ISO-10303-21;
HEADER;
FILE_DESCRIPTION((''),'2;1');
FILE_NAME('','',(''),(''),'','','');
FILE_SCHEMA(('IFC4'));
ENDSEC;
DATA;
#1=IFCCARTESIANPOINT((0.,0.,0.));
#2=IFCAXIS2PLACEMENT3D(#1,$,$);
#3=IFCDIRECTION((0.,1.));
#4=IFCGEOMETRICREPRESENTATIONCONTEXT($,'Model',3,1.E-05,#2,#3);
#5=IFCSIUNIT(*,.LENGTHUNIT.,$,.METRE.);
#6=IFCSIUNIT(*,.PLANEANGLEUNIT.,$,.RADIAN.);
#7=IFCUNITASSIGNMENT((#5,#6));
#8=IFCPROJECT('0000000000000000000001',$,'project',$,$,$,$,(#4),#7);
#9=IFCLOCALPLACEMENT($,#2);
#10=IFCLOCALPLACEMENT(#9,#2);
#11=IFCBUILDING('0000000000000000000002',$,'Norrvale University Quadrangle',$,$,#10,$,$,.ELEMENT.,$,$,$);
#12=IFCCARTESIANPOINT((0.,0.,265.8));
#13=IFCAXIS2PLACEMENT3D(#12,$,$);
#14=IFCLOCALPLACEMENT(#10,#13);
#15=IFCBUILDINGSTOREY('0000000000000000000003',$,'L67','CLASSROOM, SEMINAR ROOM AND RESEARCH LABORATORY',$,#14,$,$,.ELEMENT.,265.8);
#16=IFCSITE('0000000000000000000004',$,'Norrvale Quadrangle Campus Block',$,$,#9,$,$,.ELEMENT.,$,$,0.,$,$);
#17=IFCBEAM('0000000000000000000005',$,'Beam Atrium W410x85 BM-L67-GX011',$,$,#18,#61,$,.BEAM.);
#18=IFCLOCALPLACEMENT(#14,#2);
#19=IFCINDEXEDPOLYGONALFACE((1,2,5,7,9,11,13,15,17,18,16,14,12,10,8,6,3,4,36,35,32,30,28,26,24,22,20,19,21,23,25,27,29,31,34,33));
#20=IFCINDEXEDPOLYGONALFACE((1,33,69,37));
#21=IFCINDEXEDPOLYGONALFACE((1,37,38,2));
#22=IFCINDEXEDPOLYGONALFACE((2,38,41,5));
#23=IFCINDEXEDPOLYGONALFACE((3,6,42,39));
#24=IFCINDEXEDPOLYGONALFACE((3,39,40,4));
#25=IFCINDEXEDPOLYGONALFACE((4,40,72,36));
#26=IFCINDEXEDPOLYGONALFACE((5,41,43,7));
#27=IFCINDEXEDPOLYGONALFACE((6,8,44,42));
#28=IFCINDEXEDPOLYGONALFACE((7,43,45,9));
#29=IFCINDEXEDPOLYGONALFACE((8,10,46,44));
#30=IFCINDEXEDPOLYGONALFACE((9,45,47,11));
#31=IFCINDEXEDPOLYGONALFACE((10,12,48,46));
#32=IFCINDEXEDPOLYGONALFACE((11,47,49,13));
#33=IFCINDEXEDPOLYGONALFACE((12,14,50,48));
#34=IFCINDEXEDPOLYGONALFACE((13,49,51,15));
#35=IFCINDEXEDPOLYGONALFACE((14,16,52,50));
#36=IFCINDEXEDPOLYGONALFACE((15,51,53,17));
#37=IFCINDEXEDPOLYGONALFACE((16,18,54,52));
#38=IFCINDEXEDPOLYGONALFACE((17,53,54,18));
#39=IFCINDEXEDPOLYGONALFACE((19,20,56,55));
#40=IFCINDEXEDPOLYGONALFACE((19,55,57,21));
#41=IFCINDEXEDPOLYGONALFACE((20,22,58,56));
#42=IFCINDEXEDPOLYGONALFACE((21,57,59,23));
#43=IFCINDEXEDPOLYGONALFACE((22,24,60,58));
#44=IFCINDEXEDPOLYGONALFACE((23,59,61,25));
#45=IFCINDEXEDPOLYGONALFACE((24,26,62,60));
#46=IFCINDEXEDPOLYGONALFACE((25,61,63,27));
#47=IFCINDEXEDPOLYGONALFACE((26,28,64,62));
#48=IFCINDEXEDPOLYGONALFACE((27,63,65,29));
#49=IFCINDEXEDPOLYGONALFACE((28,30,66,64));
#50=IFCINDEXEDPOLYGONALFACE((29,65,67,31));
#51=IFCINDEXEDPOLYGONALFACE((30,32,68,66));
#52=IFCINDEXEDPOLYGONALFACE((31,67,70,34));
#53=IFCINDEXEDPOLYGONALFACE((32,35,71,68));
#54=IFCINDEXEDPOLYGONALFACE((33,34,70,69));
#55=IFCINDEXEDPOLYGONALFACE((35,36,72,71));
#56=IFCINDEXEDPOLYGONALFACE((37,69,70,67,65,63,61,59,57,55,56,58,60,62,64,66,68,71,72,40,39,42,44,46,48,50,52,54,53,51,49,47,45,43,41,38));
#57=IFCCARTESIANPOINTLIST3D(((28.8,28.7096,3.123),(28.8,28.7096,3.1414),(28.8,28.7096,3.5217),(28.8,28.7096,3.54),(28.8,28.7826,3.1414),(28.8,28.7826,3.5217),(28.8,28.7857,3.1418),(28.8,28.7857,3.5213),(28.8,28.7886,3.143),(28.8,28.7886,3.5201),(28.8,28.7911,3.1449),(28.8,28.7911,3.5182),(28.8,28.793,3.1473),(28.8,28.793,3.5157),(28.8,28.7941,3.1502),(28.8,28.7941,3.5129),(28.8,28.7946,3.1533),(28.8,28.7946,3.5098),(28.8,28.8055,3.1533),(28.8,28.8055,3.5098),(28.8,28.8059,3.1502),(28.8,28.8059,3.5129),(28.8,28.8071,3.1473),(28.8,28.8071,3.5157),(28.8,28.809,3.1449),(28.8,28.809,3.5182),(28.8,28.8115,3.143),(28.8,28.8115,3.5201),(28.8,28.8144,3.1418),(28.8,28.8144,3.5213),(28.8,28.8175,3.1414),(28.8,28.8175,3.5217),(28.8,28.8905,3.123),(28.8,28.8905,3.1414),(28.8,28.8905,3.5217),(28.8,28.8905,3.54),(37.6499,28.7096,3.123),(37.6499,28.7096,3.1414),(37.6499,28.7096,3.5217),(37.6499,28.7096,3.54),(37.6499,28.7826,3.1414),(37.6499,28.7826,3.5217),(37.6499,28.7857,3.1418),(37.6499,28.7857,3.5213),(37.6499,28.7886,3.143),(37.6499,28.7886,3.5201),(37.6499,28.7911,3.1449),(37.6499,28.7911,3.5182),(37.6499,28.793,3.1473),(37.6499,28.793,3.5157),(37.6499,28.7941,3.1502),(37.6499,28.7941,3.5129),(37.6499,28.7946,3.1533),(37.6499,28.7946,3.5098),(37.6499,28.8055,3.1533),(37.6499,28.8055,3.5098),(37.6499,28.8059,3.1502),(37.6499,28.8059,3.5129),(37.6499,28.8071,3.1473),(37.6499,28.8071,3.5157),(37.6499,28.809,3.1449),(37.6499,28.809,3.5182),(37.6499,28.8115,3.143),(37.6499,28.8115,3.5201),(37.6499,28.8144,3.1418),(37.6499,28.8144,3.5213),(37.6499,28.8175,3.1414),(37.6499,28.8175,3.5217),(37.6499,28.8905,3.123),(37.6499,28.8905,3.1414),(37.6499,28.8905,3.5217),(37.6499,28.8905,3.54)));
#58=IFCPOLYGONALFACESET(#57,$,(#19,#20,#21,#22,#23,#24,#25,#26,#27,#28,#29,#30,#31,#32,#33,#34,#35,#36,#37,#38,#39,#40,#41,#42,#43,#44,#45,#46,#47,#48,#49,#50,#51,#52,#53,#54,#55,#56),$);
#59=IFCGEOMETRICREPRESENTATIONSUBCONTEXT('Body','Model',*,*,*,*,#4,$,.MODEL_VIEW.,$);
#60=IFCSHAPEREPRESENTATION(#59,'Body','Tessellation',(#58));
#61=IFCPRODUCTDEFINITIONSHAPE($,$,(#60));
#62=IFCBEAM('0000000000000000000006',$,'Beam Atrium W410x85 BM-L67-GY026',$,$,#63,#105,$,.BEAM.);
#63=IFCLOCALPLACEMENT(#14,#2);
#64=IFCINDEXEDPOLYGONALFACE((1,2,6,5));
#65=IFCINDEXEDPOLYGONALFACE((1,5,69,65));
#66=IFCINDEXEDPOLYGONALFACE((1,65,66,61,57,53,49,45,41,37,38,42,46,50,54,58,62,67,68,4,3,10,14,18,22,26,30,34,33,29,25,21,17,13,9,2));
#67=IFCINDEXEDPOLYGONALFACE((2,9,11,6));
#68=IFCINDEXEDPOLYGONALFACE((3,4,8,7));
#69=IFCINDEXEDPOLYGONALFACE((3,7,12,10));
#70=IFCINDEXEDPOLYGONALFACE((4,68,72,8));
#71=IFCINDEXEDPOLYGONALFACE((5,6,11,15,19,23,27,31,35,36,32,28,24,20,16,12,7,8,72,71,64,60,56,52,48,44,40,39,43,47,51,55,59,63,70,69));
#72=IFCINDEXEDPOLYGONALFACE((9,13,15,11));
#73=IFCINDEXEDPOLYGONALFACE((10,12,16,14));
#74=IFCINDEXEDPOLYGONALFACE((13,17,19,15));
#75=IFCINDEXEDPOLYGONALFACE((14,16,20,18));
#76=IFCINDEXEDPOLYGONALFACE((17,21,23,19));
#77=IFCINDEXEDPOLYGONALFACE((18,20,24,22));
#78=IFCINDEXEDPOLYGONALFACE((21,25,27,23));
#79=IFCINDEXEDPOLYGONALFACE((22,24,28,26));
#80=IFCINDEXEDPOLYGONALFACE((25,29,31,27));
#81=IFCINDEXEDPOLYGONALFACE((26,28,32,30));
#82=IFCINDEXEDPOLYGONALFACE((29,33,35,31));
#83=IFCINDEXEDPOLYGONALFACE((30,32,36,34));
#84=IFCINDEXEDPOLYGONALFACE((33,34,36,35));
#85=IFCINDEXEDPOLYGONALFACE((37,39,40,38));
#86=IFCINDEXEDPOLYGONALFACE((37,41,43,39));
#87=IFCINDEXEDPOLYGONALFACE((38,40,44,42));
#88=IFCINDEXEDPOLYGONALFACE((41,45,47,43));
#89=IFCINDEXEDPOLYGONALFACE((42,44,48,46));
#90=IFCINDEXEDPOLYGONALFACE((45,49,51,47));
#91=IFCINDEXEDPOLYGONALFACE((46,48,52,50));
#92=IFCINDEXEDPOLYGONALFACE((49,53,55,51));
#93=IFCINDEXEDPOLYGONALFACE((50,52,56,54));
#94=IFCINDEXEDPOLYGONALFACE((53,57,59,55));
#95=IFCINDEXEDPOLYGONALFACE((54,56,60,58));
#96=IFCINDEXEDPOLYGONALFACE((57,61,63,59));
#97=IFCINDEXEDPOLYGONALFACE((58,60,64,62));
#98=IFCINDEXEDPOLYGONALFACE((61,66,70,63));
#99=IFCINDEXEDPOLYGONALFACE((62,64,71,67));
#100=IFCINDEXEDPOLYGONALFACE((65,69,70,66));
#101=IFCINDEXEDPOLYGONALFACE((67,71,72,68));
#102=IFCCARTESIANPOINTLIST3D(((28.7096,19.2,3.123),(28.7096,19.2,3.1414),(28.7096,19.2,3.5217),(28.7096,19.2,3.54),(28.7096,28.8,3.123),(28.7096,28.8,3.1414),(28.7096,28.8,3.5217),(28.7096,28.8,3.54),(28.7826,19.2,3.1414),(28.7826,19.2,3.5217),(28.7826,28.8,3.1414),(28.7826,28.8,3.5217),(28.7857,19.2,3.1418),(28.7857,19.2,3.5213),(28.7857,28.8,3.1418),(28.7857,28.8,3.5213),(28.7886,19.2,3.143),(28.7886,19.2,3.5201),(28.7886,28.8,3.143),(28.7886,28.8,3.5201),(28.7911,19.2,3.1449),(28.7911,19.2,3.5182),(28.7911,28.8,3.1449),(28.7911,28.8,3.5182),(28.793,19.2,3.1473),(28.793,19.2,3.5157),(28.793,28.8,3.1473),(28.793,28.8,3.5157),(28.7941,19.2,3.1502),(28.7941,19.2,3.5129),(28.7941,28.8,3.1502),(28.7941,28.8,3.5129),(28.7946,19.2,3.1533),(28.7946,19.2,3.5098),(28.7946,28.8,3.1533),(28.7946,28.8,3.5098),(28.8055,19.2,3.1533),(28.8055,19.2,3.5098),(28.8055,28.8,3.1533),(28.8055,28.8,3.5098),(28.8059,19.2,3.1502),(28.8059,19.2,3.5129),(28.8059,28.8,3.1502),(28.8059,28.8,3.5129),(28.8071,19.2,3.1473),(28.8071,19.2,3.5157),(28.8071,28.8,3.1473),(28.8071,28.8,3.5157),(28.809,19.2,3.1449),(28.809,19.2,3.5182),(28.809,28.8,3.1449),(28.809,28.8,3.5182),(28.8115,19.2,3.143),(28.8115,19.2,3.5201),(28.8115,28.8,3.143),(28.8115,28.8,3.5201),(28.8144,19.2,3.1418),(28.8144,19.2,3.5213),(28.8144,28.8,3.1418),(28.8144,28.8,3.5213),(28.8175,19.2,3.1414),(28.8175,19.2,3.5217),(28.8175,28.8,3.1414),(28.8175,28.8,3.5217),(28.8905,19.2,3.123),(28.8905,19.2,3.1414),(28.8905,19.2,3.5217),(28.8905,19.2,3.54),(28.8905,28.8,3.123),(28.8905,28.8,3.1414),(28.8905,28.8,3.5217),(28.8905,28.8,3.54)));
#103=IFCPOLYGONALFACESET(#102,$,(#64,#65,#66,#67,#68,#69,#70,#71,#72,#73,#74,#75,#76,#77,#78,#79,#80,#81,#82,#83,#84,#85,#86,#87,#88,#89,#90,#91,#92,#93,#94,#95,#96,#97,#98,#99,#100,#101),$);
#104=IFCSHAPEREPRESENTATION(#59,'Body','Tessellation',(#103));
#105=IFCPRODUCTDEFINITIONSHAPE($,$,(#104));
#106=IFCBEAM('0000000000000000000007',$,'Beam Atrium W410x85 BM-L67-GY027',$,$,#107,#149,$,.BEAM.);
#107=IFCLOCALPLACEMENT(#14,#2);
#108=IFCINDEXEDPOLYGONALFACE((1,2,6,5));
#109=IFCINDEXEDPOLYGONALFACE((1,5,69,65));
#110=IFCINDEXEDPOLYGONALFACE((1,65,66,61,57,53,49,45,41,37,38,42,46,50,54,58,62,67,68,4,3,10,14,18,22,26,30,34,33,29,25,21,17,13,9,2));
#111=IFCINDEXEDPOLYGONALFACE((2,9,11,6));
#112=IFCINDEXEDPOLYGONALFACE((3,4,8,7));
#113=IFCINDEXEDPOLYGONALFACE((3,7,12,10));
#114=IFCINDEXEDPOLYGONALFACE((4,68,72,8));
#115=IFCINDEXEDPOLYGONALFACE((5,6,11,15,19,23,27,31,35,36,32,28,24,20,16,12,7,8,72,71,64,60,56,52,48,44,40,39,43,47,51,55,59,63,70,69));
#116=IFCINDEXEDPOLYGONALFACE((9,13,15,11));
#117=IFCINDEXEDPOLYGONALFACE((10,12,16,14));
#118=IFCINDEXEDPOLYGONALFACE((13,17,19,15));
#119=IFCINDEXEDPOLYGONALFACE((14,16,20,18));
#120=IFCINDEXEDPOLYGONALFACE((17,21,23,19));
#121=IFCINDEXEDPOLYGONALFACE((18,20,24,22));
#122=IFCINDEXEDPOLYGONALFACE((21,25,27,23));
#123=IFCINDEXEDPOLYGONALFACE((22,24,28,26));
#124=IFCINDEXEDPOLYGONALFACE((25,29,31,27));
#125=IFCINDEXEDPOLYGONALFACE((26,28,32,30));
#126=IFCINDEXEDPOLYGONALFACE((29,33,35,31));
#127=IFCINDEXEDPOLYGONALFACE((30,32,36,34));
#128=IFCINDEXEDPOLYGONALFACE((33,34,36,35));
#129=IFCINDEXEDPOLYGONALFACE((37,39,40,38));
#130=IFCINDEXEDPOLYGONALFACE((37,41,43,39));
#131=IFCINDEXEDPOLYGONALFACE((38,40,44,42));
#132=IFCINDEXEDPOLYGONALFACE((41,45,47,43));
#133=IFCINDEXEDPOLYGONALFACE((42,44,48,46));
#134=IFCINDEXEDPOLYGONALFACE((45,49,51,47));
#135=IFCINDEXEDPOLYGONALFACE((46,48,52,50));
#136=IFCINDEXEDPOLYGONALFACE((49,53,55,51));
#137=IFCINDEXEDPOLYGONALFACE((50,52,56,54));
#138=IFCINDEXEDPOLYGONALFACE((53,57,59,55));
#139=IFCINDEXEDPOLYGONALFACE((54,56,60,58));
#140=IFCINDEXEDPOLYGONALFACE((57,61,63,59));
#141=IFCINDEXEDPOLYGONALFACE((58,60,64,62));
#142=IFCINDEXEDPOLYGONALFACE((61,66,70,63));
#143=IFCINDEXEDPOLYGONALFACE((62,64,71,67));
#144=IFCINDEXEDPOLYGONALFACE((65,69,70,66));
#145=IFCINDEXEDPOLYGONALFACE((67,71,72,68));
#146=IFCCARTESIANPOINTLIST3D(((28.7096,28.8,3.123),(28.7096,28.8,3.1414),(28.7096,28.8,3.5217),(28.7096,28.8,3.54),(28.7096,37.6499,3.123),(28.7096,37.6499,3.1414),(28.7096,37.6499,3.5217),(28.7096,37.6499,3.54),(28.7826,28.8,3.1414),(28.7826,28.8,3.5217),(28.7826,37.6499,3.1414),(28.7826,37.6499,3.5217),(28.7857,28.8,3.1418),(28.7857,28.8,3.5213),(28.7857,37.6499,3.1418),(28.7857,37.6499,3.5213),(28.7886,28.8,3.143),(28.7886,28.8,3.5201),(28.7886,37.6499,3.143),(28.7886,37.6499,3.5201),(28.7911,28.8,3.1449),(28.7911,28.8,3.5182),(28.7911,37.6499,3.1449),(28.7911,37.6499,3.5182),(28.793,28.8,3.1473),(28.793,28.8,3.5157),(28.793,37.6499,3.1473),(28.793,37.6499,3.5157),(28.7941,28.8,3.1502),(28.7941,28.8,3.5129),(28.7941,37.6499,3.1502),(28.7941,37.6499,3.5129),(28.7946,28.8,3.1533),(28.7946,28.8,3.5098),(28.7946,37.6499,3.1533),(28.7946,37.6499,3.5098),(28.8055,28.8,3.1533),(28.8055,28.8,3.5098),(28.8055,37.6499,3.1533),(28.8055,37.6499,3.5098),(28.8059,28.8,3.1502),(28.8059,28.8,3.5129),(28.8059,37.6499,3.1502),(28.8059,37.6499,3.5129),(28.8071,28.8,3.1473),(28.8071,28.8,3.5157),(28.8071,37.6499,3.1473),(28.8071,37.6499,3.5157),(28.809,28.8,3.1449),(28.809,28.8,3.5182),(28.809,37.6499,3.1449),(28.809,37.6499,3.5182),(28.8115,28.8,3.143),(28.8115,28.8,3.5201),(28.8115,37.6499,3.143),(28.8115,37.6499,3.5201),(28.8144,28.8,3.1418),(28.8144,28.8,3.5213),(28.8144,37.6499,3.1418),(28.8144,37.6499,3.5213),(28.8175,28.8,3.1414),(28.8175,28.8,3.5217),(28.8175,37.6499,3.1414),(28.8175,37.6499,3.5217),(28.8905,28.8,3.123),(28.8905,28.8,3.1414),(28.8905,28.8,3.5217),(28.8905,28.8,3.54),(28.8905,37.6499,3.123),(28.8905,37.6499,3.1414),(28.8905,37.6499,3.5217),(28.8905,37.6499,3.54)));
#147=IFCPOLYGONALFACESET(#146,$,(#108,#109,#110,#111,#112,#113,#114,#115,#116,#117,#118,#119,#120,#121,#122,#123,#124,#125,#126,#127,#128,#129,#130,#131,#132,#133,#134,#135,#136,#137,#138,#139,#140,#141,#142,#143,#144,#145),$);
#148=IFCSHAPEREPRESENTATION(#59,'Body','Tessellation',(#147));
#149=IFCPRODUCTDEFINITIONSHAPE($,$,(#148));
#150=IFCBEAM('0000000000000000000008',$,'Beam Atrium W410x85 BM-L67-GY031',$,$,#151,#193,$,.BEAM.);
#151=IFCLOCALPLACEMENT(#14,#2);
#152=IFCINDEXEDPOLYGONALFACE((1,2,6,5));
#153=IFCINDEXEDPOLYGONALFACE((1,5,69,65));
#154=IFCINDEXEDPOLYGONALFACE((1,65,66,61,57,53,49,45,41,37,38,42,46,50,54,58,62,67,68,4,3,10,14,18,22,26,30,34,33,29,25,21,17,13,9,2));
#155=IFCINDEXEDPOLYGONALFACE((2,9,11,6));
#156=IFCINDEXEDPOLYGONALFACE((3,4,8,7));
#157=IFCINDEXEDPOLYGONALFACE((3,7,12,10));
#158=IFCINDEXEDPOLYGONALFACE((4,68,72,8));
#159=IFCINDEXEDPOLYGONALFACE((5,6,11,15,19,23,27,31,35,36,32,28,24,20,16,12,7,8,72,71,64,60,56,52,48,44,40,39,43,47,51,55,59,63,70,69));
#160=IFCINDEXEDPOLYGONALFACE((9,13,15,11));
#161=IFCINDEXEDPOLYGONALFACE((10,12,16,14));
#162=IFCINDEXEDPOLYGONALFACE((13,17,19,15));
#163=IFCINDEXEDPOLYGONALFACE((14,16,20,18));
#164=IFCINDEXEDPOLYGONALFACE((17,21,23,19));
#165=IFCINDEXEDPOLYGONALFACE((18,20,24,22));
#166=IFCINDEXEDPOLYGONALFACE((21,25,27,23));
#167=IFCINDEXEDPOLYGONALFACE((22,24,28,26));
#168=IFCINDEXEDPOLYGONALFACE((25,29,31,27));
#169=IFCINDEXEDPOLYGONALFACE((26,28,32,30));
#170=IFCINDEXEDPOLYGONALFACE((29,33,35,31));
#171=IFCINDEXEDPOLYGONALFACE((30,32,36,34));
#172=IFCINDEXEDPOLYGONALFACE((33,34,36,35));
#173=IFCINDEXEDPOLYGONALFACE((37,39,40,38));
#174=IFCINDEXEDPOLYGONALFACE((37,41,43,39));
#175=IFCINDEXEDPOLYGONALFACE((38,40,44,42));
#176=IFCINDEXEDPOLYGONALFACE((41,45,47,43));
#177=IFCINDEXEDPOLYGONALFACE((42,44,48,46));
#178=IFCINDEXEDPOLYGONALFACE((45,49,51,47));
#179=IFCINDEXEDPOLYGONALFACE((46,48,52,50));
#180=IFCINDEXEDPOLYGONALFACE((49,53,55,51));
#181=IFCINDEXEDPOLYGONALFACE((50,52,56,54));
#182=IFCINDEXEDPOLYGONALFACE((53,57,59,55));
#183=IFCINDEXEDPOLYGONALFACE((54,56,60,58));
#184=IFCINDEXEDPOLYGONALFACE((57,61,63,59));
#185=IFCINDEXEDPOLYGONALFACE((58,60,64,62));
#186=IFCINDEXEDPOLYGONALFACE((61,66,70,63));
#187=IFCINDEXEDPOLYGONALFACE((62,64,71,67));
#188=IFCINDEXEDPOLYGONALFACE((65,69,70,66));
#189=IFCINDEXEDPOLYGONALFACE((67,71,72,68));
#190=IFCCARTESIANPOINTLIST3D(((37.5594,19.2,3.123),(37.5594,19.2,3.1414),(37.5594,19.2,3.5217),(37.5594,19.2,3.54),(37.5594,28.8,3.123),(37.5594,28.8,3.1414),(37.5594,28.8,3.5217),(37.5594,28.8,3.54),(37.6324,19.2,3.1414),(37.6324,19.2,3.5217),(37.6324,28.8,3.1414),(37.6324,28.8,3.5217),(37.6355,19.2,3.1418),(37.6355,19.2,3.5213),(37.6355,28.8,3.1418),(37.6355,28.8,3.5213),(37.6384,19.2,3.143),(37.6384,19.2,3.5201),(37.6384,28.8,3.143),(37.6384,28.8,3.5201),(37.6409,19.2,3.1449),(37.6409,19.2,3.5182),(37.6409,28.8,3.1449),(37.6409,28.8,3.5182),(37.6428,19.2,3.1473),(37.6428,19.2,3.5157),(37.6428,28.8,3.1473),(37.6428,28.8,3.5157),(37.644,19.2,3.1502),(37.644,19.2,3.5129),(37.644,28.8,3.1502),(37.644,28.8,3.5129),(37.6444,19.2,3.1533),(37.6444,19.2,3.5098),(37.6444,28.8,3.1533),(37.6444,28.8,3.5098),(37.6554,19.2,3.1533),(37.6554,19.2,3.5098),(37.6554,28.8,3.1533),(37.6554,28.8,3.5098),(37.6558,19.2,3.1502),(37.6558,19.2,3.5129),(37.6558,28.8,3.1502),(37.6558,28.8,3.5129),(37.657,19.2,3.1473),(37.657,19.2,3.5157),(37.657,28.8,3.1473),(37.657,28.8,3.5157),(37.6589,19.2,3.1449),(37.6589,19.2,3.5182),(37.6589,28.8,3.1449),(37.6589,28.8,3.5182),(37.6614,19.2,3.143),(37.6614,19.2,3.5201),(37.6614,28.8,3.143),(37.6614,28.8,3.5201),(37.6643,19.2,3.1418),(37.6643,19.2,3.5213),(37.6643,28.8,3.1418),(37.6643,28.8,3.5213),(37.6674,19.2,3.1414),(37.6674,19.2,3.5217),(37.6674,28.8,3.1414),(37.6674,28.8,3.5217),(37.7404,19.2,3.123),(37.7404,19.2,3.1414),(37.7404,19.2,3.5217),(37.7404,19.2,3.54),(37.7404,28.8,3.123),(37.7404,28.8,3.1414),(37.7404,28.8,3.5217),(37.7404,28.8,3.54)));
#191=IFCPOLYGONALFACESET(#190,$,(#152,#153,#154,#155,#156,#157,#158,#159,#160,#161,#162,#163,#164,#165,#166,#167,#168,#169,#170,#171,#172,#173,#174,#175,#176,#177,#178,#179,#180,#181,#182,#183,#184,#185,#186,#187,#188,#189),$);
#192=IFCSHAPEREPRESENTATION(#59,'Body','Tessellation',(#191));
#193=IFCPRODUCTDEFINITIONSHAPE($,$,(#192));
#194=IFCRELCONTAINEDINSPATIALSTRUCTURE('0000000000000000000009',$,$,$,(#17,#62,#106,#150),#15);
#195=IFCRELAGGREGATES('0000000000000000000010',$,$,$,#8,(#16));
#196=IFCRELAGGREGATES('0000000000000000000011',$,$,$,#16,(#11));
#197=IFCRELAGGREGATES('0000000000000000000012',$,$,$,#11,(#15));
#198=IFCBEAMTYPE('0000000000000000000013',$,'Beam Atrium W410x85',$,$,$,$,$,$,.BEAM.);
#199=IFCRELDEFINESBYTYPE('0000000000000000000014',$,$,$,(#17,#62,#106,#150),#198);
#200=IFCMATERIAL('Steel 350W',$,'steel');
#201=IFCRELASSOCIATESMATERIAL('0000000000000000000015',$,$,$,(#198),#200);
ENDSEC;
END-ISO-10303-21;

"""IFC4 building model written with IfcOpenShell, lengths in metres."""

from ifc_helpers import new_model, si_unit, direction, frame, origin, origin_2d, place, context, subcontext, project, spatial, i_section, extrude, material, material_profile, profile_set, type_object, element, save


model = new_model("IFC4")

# Units and contexts
model_context = context("Model", 3, precision=1e-05, world=origin(), true_north=direction((0.0, 1.0)))
body_context = subcontext(model_context, "Body", "Model", "MODEL_VIEW")
ifc_project = project(units=[si_unit("LENGTHUNIT", "METRE"), si_unit("PLANEANGLEUNIT", "RADIAN")], contexts=[model_context])

# Site, building, storey
site_placement = place(None, origin())
site = spatial("IfcSite", under=ifc_project, at=site_placement, Name="Norrvale Quadrangle Campus Block", CompositionType="ELEMENT", RefElevation=0.0)
building_placement = place(site_placement, origin())
building = spatial("IfcBuilding", under=site, at=building_placement, Name="Norrvale University Quadrangle", CompositionType="ELEMENT")
storey_placement = place(building_placement, frame((0.0, 0.0, 265.8)))
storey = spatial("IfcBuildingStorey", under=building, at=storey_placement, Name="L67", Description="CLASSROOM, SEMINAR ROOM AND RESEARCH LABORATORY", CompositionType="ELEMENT", Elevation=265.8)

# Beams
ifc_material_1 = material(Name="Steel 350W", Category="steel")
ifc_material_profile_1 = material_profile(ifc_material_1, i_section(OverallWidth=0.1809, OverallDepth=0.417, WebThickness=0.011, FlangeThickness=0.0183, FilletRadius=0.012, at=origin_2d()), Name="Steel 350W")
ifc_profile_set_1 = profile_set([ifc_material_profile_1], Name="Steel 350W")
beam_type_1 = type_object("IfcBeamType", Name="Beam Atrium W410x85", PredefinedType="BEAM", material=ifc_profile_set_1)
beam_1_placement = place(storey_placement, frame((28.8, 28.8, 3.3315), z_axis=(1.0, 0.0, 0.0), x_axis=(0.0, 1.0, 0.0)))
element("IfcBeam", 1, at=beam_1_placement, inside=storey, type_object=beam_type_1, Name="Beam Atrium W410x85 BM-L67-GX011", PredefinedType="BEAM", context=body_context, shape_type="SweptSolid", body=[
    extrude(i_section(OverallWidth=0.1809, OverallDepth=0.417, WebThickness=0.011, FlangeThickness=0.0183, FilletRadius=0.012, at=origin_2d()), origin(), (0.0, 0.0, 1.0), 8.8499),
])
beam_2_placement = place(storey_placement, frame((28.8, 19.2, 3.3315), z_axis=(0.0, 1.0, 0.0), x_axis=(-1.0, 0.0, 0.0)))
element("IfcBeam", 2, at=beam_2_placement, inside=storey, type_object=beam_type_1, Name="Beam Atrium W410x85 BM-L67-GY026", PredefinedType="BEAM", context=body_context, shape_type="SweptSolid", body=[
    extrude(i_section(OverallWidth=0.1809, OverallDepth=0.417, WebThickness=0.011, FlangeThickness=0.0183, FilletRadius=0.012, at=origin_2d()), origin(), (0.0, 0.0, 1.0), 9.6001),
])
beam_3_placement = place(storey_placement, frame((28.8, 28.8, 3.3315), z_axis=(0.0, 1.0, 0.0), x_axis=(-1.0, 0.0, 0.0)))
element("IfcBeam", 3, at=beam_3_placement, inside=storey, type_object=beam_type_1, Name="Beam Atrium W410x85 BM-L67-GY027", PredefinedType="BEAM", context=body_context, shape_type="SweptSolid", body=[
    extrude(i_section(OverallWidth=0.1809, OverallDepth=0.417, WebThickness=0.011, FlangeThickness=0.0183, FilletRadius=0.012, at=origin_2d()), origin(), (0.0, 0.0, 1.0), 8.8499),
])
for number, where, z_axis, x_axis, name in (
    (4, (37.6499, 19.2, 3.3315), (0.0, 1.0, 0.0), (-1.0, 0.0, 0.0), "Beam Atrium W410x85 BM-L67-GY031"),
):
    element("IfcBeam", number, at=place(storey_placement, frame(where, z_axis=z_axis, x_axis=x_axis)), inside=storey, type_object=beam_type_1, Name=name, PredefinedType="BEAM", context=body_context, shape_type="SweptSolid", body=[
        extrude(i_section(OverallWidth=0.1809, OverallDepth=0.417, WebThickness=0.011, FlangeThickness=0.0183, FilletRadius=0.012, at=origin_2d()), origin(), (0.0, 0.0, 1.0), 9.6001),
    ])

save(model, "model.ifc")
